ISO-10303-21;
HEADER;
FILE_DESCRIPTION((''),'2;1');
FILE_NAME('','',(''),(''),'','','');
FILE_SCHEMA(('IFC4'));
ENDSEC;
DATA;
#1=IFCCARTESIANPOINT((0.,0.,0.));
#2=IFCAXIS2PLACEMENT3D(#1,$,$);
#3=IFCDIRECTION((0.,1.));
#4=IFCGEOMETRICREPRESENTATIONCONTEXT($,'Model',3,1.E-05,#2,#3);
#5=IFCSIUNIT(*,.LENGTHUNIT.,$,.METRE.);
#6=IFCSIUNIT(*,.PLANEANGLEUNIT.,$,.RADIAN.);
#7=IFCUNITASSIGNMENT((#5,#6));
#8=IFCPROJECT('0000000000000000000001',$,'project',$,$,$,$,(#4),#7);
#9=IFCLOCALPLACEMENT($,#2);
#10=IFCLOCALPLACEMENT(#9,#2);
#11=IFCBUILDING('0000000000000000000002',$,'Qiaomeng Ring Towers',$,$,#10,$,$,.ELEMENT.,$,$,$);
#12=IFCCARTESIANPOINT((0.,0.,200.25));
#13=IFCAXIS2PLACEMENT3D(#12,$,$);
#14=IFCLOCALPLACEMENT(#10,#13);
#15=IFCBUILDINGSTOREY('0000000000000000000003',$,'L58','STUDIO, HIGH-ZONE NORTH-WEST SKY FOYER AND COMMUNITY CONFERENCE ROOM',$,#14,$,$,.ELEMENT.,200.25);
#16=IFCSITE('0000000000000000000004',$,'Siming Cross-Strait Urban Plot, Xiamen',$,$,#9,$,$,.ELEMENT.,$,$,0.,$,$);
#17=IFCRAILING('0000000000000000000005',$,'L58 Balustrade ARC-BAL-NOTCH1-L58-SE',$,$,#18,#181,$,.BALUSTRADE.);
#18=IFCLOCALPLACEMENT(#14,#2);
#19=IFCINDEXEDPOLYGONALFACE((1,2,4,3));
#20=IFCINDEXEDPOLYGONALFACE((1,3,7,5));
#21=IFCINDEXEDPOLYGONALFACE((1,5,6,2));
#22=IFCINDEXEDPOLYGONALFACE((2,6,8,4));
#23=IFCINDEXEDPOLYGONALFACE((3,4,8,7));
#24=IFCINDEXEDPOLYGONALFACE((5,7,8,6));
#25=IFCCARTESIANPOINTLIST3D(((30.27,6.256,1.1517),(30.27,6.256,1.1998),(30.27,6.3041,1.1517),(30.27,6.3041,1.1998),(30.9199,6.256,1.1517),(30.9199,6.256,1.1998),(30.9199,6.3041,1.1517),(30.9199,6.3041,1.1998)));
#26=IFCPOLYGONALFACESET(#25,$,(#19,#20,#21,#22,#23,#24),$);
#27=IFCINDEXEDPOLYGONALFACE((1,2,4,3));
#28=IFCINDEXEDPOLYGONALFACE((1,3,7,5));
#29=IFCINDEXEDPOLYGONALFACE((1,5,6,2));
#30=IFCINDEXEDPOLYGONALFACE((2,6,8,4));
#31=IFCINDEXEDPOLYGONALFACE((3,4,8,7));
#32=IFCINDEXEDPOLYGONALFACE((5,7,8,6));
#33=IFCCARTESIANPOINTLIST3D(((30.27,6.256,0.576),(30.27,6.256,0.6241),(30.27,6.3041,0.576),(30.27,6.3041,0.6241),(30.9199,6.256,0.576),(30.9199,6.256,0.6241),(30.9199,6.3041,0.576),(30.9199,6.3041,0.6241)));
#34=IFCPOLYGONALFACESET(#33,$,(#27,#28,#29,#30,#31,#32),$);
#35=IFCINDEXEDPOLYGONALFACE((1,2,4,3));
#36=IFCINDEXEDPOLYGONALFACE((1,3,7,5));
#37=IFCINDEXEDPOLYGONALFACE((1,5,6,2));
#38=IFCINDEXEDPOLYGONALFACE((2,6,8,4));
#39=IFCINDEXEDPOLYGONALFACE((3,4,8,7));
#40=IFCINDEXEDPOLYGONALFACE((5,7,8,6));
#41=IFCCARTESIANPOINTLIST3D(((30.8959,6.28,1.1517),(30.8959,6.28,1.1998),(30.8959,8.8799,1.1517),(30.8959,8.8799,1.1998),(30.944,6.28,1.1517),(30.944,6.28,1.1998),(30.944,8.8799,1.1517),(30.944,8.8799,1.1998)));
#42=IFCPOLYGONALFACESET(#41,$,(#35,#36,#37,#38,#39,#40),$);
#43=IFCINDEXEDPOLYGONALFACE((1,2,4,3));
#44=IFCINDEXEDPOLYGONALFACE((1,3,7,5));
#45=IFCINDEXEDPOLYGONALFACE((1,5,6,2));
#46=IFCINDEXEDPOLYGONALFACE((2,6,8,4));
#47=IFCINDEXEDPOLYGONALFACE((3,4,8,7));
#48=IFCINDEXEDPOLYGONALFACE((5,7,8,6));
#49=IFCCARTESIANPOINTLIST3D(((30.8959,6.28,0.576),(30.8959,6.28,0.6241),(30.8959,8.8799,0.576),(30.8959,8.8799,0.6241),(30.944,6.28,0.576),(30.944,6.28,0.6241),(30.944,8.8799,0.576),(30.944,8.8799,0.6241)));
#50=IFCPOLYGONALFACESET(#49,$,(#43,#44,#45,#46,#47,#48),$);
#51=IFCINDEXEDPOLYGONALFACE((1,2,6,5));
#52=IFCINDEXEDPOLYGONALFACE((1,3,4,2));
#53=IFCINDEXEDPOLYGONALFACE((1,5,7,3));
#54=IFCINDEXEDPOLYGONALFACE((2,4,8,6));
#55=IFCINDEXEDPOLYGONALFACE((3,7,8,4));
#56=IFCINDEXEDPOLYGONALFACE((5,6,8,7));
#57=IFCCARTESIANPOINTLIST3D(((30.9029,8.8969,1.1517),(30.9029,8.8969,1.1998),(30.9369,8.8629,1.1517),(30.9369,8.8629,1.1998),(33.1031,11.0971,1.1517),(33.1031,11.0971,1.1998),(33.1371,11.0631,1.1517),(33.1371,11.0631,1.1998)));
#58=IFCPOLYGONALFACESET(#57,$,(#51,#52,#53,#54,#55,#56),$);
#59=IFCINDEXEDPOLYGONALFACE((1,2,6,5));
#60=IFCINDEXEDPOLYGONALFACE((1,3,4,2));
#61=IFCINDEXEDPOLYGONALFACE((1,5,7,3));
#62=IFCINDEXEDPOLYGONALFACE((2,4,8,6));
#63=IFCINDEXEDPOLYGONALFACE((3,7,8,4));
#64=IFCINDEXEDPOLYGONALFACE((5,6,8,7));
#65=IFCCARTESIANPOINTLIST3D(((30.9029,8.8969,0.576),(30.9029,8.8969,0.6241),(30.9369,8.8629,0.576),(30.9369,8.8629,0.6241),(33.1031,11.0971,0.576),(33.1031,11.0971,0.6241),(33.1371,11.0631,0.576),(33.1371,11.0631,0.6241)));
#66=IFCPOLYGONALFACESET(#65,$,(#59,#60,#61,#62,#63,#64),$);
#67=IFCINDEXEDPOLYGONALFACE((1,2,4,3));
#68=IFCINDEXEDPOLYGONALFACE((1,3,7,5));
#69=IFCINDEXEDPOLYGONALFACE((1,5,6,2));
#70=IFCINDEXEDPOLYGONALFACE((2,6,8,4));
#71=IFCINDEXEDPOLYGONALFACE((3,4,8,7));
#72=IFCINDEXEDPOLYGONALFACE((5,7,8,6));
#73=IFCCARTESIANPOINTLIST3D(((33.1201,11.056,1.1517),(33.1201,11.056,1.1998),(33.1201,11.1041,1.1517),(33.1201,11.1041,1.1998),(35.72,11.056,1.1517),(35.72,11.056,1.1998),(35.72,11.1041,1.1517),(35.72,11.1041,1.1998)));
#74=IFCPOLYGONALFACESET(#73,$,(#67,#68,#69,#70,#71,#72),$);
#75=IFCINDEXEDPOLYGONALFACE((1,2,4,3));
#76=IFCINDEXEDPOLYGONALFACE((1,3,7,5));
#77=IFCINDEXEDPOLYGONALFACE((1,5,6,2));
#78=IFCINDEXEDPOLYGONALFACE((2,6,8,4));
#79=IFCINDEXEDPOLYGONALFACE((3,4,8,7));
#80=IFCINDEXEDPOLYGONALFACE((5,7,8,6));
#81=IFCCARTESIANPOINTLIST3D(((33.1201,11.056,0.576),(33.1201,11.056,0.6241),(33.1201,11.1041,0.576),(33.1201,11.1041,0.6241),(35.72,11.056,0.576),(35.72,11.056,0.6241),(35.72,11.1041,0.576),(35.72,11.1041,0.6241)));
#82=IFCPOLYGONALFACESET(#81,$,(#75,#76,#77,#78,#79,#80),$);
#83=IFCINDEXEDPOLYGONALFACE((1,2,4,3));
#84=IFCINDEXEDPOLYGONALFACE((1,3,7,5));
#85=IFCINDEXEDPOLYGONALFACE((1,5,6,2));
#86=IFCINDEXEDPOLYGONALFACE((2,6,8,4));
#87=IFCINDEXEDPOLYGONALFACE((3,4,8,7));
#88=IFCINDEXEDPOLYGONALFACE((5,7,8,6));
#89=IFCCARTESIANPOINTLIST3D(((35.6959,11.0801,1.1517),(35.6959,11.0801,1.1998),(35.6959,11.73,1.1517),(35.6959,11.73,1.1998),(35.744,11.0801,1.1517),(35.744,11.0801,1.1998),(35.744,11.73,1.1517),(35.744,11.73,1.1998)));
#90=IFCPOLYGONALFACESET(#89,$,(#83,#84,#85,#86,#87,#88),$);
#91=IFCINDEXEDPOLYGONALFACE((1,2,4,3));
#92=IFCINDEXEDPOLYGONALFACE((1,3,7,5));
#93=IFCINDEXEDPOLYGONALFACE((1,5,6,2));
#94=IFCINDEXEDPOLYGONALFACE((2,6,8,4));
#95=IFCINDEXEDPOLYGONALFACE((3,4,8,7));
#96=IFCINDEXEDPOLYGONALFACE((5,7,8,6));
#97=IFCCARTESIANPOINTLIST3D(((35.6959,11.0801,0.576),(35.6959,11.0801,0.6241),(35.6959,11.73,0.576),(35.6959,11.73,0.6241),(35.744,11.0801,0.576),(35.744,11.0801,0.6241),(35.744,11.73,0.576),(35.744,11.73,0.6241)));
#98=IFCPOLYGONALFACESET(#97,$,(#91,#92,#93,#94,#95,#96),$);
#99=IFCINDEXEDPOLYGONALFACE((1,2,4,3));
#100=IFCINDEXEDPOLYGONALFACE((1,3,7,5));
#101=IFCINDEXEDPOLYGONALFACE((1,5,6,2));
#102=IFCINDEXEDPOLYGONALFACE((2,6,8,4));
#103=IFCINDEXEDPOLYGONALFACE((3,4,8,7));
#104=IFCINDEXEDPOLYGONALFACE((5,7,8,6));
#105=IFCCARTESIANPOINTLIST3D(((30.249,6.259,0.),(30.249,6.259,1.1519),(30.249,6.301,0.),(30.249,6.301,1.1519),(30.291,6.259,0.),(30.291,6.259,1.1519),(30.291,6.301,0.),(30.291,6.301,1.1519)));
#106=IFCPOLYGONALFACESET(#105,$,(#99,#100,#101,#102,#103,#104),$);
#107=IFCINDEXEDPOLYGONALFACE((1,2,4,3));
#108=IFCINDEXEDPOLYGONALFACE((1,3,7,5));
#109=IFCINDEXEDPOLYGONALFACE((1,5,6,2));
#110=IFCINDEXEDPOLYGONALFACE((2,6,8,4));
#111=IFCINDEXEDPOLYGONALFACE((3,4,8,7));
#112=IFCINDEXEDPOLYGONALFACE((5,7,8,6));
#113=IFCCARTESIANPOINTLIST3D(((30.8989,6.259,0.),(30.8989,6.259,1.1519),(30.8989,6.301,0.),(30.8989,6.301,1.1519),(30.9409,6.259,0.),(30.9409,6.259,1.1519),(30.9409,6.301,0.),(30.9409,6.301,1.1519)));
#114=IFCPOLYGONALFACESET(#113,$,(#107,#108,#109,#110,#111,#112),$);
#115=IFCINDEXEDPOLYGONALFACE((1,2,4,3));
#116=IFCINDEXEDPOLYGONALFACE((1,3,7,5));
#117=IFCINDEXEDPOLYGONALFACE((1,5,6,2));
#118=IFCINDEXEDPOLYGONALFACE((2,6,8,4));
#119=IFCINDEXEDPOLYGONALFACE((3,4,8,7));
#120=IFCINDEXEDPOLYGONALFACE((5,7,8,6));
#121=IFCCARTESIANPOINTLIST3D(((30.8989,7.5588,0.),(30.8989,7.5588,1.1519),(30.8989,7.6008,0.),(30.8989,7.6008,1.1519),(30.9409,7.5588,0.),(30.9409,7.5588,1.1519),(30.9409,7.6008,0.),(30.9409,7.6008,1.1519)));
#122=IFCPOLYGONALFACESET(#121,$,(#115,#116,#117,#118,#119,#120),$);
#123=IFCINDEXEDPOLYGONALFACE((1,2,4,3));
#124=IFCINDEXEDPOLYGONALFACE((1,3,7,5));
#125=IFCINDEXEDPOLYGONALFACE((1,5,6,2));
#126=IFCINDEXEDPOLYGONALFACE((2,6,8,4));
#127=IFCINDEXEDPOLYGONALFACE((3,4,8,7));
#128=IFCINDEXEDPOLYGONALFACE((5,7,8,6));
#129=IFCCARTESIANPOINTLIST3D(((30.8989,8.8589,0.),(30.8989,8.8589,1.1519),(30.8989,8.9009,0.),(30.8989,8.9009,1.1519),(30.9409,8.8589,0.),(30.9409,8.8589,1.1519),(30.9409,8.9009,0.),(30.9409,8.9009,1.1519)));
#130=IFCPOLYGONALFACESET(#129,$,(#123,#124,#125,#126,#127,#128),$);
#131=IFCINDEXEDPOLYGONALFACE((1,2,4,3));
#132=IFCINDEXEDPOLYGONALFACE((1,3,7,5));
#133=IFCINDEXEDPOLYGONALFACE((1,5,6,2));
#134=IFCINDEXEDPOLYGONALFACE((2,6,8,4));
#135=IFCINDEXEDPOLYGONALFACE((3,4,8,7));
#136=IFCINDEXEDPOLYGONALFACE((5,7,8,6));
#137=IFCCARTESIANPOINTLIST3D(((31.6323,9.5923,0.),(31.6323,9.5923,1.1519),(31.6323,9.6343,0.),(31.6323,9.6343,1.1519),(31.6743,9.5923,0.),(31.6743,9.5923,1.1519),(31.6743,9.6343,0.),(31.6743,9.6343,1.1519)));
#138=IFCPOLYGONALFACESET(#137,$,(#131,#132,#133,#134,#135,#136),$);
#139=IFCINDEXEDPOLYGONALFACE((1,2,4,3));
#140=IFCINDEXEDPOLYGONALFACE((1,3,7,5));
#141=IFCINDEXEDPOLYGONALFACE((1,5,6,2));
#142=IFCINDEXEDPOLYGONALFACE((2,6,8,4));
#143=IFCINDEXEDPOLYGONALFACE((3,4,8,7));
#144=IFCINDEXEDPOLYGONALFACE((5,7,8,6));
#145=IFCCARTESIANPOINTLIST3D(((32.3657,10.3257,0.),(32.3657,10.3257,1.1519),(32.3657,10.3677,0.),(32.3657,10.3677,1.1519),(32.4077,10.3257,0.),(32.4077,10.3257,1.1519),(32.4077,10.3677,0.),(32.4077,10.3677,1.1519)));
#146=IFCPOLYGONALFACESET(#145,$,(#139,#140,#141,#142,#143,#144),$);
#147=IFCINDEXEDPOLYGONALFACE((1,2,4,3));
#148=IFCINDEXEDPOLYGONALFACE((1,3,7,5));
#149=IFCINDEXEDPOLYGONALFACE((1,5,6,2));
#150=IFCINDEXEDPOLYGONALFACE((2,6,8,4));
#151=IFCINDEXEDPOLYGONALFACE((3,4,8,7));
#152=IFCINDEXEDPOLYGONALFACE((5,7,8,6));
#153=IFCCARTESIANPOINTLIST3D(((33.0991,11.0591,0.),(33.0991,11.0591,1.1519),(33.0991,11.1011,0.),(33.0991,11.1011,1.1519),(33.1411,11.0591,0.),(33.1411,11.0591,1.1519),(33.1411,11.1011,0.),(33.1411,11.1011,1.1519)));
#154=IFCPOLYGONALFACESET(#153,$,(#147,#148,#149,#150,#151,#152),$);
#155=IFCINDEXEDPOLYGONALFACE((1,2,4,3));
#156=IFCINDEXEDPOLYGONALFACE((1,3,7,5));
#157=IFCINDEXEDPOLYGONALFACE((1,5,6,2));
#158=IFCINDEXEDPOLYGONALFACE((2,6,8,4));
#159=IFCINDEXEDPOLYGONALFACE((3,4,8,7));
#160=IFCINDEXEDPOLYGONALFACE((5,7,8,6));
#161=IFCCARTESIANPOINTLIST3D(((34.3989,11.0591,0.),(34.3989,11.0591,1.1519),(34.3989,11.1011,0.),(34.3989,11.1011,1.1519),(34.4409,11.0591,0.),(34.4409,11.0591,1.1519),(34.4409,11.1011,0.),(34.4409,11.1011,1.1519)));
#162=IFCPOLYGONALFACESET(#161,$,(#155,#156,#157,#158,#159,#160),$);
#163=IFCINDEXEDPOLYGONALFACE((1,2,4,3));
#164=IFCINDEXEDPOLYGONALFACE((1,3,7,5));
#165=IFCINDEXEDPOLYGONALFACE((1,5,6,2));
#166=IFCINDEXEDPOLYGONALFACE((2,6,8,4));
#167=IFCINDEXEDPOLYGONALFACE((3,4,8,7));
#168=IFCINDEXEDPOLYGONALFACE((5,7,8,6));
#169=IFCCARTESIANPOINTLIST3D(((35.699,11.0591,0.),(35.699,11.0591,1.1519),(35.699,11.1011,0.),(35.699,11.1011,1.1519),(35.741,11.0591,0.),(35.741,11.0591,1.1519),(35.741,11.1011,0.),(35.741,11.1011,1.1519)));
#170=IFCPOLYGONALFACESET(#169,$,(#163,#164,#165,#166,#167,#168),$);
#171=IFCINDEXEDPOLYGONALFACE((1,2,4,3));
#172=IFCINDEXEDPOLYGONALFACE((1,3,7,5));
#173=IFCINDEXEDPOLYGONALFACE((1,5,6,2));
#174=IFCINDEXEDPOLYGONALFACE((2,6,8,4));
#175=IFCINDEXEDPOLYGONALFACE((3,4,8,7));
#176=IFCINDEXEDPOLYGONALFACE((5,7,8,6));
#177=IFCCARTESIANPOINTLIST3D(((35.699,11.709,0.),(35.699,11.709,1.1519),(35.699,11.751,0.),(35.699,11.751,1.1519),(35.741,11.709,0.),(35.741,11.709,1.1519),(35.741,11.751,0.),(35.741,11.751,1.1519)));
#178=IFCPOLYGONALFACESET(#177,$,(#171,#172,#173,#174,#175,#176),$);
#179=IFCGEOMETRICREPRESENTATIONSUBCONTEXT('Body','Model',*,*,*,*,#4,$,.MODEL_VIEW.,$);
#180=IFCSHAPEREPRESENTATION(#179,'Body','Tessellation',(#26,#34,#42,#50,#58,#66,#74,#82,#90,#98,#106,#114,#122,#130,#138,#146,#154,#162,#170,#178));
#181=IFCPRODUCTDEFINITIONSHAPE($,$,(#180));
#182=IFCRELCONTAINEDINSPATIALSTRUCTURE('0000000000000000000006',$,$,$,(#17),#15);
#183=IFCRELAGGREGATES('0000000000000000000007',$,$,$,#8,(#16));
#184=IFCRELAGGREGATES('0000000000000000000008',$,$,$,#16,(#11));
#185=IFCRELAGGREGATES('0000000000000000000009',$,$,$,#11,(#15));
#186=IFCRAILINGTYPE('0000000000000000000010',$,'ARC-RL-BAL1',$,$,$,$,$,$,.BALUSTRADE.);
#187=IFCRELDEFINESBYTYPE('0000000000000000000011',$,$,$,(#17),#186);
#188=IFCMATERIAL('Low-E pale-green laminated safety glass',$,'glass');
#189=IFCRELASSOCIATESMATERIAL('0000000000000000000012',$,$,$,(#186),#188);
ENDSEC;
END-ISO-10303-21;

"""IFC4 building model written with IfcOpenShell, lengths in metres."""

from ifc_helpers import new_model, si_unit, direction, frame, origin, origin_2d, place, context, subcontext, project, spatial, rectangle, extrude, material, type_object, element, save


model = new_model("IFC4")

# Units and contexts
model_context = context("Model", 3, precision=1e-05, world=origin(), true_north=direction((0.0, 1.0)))
body_context = subcontext(model_context, "Body", "Model", "MODEL_VIEW")
ifc_project = project(units=[si_unit("LENGTHUNIT", "METRE"), si_unit("PLANEANGLEUNIT", "RADIAN")], contexts=[model_context])

# Site, building, storey
site_placement = place(None, origin())
site = spatial("IfcSite", under=ifc_project, at=site_placement, Name="Siming Cross-Strait Urban Plot, Xiamen", CompositionType="ELEMENT", RefElevation=0.0)
building_placement = place(site_placement, origin())
building = spatial("IfcBuilding", under=site, at=building_placement, Name="Qiaomeng Ring Towers", CompositionType="ELEMENT")
storey_placement = place(building_placement, frame((0.0, 0.0, 200.25)))
storey = spatial("IfcBuildingStorey", under=building, at=storey_placement, Name="L58", Description="STUDIO, HIGH-ZONE NORTH-WEST SKY FOYER AND COMMUNITY CONFERENCE ROOM", CompositionType="ELEMENT", Elevation=200.25)

# Railing
ifc_material_1 = material(Name="Low-E pale-green laminated safety glass", Category="glass")
railing_type = type_object("IfcRailingType", Name="ARC-RL-BAL1", PredefinedType="BALUSTRADE", material=ifc_material_1)
railing_placement = place(storey_placement, frame((30.27, 6.28, 0.0)))
element("IfcRailing", 1, at=railing_placement, inside=storey, type_object=railing_type, Name="L58 Balustrade ARC-BAL-NOTCH1-L58-SE", PredefinedType="BALUSTRADE", context=body_context, shape_type="SweptSolid", body=[
    extrude(rectangle(XDim=0.0481, YDim=0.0481, at=origin_2d()), frame((0.0, 0.0, 1.1758), z_axis=(1.0, 0.0, 0.0), x_axis=(0.0, 1.0, 0.0)), (0.0, 0.0, 1.0), 0.6499),
    extrude(rectangle(XDim=0.0481, YDim=0.0481, at=origin_2d()), frame((0.0, 0.0, 0.6001), z_axis=(1.0, 0.0, 0.0), x_axis=(0.0, 1.0, 0.0)), (0.0, 0.0, 1.0), 0.6499),
    extrude(rectangle(XDim=0.0481, YDim=0.0481, at=origin_2d()), frame((0.6499, 0.0, 1.1758), z_axis=(0.0, 1.0, 0.0), x_axis=(-1.0, 0.0, 0.0)), (0.0, 0.0, 1.0), 2.5999),
    extrude(rectangle(XDim=0.0481, YDim=0.0481, at=origin_2d()), frame((0.6499, 0.0, 0.6001), z_axis=(0.0, 1.0, 0.0), x_axis=(-1.0, 0.0, 0.0)), (0.0, 0.0, 1.0), 2.5999),
    extrude(rectangle(XDim=0.0481, YDim=0.0481, at=origin_2d()), frame((0.6499, 2.5999, 1.1758), z_axis=(0.707107, 0.707107, 0.0), x_axis=(-0.707107, 0.707107, 0.0)), (0.0, 0.0, 1.0), 3.1116),
    extrude(rectangle(XDim=0.0481, YDim=0.0481, at=origin_2d()), frame((0.6499, 2.5999, 0.6001), z_axis=(0.707107, 0.707107, 0.0), x_axis=(-0.707107, 0.707107, 0.0)), (0.0, 0.0, 1.0), 3.1116),
    extrude(rectangle(XDim=0.0481, YDim=0.0481, at=origin_2d()), frame((2.8501, 4.8, 1.1758), z_axis=(1.0, 0.0, 0.0), x_axis=(0.0, 1.0, 0.0)), (0.0, 0.0, 1.0), 2.5999),
    extrude(rectangle(XDim=0.0481, YDim=0.0481, at=origin_2d()), frame((2.8501, 4.8, 0.6001), z_axis=(1.0, 0.0, 0.0), x_axis=(0.0, 1.0, 0.0)), (0.0, 0.0, 1.0), 2.5999),
    extrude(rectangle(XDim=0.0481, YDim=0.0481, at=origin_2d()), frame((5.45, 4.8, 1.1758), z_axis=(0.0, 1.0, 0.0), x_axis=(-1.0, 0.0, 0.0)), (0.0, 0.0, 1.0), 0.6499),
    extrude(rectangle(XDim=0.0481, YDim=0.0481, at=origin_2d()), frame((5.45, 4.8, 0.6001), z_axis=(0.0, 1.0, 0.0), x_axis=(-1.0, 0.0, 0.0)), (0.0, 0.0, 1.0), 0.6499),
    extrude(rectangle(XDim=0.042, YDim=0.042, at=origin_2d()), origin(), (0.0, 0.0, 1.0), 1.1519),
    extrude(rectangle(XDim=0.042, YDim=0.042, at=origin_2d()), frame((0.6499, 0.0, 0.0)), (0.0, 0.0, 1.0), 1.1519),
    extrude(rectangle(XDim=0.042, YDim=0.042, at=origin_2d()), frame((0.6499, 1.2998, 0.0)), (0.0, 0.0, 1.0), 1.1519),
    extrude(rectangle(XDim=0.042, YDim=0.042, at=origin_2d()), frame((0.6499, 2.5999, 0.0)), (0.0, 0.0, 1.0), 1.1519),
    extrude(rectangle(XDim=0.042, YDim=0.042, at=origin_2d()), frame((1.3833, 3.3333, 0.0)), (0.0, 0.0, 1.0), 1.1519),
    extrude(rectangle(XDim=0.042, YDim=0.042, at=origin_2d()), frame((2.1167, 4.0667, 0.0)), (0.0, 0.0, 1.0), 1.1519),
    extrude(rectangle(XDim=0.042, YDim=0.042, at=origin_2d()), frame((2.8501, 4.8, 0.0)), (0.0, 0.0, 1.0), 1.1519),
    extrude(rectangle(XDim=0.042, YDim=0.042, at=origin_2d()), frame((4.1499, 4.8, 0.0)), (0.0, 0.0, 1.0), 1.1519),
    extrude(rectangle(XDim=0.042, YDim=0.042, at=origin_2d()), frame((5.45, 4.8, 0.0)), (0.0, 0.0, 1.0), 1.1519),
    extrude(rectangle(XDim=0.042, YDim=0.042, at=origin_2d()), frame((5.45, 5.45, 0.0)), (0.0, 0.0, 1.0), 1.1519),
])

save(model, "model.ifc")
